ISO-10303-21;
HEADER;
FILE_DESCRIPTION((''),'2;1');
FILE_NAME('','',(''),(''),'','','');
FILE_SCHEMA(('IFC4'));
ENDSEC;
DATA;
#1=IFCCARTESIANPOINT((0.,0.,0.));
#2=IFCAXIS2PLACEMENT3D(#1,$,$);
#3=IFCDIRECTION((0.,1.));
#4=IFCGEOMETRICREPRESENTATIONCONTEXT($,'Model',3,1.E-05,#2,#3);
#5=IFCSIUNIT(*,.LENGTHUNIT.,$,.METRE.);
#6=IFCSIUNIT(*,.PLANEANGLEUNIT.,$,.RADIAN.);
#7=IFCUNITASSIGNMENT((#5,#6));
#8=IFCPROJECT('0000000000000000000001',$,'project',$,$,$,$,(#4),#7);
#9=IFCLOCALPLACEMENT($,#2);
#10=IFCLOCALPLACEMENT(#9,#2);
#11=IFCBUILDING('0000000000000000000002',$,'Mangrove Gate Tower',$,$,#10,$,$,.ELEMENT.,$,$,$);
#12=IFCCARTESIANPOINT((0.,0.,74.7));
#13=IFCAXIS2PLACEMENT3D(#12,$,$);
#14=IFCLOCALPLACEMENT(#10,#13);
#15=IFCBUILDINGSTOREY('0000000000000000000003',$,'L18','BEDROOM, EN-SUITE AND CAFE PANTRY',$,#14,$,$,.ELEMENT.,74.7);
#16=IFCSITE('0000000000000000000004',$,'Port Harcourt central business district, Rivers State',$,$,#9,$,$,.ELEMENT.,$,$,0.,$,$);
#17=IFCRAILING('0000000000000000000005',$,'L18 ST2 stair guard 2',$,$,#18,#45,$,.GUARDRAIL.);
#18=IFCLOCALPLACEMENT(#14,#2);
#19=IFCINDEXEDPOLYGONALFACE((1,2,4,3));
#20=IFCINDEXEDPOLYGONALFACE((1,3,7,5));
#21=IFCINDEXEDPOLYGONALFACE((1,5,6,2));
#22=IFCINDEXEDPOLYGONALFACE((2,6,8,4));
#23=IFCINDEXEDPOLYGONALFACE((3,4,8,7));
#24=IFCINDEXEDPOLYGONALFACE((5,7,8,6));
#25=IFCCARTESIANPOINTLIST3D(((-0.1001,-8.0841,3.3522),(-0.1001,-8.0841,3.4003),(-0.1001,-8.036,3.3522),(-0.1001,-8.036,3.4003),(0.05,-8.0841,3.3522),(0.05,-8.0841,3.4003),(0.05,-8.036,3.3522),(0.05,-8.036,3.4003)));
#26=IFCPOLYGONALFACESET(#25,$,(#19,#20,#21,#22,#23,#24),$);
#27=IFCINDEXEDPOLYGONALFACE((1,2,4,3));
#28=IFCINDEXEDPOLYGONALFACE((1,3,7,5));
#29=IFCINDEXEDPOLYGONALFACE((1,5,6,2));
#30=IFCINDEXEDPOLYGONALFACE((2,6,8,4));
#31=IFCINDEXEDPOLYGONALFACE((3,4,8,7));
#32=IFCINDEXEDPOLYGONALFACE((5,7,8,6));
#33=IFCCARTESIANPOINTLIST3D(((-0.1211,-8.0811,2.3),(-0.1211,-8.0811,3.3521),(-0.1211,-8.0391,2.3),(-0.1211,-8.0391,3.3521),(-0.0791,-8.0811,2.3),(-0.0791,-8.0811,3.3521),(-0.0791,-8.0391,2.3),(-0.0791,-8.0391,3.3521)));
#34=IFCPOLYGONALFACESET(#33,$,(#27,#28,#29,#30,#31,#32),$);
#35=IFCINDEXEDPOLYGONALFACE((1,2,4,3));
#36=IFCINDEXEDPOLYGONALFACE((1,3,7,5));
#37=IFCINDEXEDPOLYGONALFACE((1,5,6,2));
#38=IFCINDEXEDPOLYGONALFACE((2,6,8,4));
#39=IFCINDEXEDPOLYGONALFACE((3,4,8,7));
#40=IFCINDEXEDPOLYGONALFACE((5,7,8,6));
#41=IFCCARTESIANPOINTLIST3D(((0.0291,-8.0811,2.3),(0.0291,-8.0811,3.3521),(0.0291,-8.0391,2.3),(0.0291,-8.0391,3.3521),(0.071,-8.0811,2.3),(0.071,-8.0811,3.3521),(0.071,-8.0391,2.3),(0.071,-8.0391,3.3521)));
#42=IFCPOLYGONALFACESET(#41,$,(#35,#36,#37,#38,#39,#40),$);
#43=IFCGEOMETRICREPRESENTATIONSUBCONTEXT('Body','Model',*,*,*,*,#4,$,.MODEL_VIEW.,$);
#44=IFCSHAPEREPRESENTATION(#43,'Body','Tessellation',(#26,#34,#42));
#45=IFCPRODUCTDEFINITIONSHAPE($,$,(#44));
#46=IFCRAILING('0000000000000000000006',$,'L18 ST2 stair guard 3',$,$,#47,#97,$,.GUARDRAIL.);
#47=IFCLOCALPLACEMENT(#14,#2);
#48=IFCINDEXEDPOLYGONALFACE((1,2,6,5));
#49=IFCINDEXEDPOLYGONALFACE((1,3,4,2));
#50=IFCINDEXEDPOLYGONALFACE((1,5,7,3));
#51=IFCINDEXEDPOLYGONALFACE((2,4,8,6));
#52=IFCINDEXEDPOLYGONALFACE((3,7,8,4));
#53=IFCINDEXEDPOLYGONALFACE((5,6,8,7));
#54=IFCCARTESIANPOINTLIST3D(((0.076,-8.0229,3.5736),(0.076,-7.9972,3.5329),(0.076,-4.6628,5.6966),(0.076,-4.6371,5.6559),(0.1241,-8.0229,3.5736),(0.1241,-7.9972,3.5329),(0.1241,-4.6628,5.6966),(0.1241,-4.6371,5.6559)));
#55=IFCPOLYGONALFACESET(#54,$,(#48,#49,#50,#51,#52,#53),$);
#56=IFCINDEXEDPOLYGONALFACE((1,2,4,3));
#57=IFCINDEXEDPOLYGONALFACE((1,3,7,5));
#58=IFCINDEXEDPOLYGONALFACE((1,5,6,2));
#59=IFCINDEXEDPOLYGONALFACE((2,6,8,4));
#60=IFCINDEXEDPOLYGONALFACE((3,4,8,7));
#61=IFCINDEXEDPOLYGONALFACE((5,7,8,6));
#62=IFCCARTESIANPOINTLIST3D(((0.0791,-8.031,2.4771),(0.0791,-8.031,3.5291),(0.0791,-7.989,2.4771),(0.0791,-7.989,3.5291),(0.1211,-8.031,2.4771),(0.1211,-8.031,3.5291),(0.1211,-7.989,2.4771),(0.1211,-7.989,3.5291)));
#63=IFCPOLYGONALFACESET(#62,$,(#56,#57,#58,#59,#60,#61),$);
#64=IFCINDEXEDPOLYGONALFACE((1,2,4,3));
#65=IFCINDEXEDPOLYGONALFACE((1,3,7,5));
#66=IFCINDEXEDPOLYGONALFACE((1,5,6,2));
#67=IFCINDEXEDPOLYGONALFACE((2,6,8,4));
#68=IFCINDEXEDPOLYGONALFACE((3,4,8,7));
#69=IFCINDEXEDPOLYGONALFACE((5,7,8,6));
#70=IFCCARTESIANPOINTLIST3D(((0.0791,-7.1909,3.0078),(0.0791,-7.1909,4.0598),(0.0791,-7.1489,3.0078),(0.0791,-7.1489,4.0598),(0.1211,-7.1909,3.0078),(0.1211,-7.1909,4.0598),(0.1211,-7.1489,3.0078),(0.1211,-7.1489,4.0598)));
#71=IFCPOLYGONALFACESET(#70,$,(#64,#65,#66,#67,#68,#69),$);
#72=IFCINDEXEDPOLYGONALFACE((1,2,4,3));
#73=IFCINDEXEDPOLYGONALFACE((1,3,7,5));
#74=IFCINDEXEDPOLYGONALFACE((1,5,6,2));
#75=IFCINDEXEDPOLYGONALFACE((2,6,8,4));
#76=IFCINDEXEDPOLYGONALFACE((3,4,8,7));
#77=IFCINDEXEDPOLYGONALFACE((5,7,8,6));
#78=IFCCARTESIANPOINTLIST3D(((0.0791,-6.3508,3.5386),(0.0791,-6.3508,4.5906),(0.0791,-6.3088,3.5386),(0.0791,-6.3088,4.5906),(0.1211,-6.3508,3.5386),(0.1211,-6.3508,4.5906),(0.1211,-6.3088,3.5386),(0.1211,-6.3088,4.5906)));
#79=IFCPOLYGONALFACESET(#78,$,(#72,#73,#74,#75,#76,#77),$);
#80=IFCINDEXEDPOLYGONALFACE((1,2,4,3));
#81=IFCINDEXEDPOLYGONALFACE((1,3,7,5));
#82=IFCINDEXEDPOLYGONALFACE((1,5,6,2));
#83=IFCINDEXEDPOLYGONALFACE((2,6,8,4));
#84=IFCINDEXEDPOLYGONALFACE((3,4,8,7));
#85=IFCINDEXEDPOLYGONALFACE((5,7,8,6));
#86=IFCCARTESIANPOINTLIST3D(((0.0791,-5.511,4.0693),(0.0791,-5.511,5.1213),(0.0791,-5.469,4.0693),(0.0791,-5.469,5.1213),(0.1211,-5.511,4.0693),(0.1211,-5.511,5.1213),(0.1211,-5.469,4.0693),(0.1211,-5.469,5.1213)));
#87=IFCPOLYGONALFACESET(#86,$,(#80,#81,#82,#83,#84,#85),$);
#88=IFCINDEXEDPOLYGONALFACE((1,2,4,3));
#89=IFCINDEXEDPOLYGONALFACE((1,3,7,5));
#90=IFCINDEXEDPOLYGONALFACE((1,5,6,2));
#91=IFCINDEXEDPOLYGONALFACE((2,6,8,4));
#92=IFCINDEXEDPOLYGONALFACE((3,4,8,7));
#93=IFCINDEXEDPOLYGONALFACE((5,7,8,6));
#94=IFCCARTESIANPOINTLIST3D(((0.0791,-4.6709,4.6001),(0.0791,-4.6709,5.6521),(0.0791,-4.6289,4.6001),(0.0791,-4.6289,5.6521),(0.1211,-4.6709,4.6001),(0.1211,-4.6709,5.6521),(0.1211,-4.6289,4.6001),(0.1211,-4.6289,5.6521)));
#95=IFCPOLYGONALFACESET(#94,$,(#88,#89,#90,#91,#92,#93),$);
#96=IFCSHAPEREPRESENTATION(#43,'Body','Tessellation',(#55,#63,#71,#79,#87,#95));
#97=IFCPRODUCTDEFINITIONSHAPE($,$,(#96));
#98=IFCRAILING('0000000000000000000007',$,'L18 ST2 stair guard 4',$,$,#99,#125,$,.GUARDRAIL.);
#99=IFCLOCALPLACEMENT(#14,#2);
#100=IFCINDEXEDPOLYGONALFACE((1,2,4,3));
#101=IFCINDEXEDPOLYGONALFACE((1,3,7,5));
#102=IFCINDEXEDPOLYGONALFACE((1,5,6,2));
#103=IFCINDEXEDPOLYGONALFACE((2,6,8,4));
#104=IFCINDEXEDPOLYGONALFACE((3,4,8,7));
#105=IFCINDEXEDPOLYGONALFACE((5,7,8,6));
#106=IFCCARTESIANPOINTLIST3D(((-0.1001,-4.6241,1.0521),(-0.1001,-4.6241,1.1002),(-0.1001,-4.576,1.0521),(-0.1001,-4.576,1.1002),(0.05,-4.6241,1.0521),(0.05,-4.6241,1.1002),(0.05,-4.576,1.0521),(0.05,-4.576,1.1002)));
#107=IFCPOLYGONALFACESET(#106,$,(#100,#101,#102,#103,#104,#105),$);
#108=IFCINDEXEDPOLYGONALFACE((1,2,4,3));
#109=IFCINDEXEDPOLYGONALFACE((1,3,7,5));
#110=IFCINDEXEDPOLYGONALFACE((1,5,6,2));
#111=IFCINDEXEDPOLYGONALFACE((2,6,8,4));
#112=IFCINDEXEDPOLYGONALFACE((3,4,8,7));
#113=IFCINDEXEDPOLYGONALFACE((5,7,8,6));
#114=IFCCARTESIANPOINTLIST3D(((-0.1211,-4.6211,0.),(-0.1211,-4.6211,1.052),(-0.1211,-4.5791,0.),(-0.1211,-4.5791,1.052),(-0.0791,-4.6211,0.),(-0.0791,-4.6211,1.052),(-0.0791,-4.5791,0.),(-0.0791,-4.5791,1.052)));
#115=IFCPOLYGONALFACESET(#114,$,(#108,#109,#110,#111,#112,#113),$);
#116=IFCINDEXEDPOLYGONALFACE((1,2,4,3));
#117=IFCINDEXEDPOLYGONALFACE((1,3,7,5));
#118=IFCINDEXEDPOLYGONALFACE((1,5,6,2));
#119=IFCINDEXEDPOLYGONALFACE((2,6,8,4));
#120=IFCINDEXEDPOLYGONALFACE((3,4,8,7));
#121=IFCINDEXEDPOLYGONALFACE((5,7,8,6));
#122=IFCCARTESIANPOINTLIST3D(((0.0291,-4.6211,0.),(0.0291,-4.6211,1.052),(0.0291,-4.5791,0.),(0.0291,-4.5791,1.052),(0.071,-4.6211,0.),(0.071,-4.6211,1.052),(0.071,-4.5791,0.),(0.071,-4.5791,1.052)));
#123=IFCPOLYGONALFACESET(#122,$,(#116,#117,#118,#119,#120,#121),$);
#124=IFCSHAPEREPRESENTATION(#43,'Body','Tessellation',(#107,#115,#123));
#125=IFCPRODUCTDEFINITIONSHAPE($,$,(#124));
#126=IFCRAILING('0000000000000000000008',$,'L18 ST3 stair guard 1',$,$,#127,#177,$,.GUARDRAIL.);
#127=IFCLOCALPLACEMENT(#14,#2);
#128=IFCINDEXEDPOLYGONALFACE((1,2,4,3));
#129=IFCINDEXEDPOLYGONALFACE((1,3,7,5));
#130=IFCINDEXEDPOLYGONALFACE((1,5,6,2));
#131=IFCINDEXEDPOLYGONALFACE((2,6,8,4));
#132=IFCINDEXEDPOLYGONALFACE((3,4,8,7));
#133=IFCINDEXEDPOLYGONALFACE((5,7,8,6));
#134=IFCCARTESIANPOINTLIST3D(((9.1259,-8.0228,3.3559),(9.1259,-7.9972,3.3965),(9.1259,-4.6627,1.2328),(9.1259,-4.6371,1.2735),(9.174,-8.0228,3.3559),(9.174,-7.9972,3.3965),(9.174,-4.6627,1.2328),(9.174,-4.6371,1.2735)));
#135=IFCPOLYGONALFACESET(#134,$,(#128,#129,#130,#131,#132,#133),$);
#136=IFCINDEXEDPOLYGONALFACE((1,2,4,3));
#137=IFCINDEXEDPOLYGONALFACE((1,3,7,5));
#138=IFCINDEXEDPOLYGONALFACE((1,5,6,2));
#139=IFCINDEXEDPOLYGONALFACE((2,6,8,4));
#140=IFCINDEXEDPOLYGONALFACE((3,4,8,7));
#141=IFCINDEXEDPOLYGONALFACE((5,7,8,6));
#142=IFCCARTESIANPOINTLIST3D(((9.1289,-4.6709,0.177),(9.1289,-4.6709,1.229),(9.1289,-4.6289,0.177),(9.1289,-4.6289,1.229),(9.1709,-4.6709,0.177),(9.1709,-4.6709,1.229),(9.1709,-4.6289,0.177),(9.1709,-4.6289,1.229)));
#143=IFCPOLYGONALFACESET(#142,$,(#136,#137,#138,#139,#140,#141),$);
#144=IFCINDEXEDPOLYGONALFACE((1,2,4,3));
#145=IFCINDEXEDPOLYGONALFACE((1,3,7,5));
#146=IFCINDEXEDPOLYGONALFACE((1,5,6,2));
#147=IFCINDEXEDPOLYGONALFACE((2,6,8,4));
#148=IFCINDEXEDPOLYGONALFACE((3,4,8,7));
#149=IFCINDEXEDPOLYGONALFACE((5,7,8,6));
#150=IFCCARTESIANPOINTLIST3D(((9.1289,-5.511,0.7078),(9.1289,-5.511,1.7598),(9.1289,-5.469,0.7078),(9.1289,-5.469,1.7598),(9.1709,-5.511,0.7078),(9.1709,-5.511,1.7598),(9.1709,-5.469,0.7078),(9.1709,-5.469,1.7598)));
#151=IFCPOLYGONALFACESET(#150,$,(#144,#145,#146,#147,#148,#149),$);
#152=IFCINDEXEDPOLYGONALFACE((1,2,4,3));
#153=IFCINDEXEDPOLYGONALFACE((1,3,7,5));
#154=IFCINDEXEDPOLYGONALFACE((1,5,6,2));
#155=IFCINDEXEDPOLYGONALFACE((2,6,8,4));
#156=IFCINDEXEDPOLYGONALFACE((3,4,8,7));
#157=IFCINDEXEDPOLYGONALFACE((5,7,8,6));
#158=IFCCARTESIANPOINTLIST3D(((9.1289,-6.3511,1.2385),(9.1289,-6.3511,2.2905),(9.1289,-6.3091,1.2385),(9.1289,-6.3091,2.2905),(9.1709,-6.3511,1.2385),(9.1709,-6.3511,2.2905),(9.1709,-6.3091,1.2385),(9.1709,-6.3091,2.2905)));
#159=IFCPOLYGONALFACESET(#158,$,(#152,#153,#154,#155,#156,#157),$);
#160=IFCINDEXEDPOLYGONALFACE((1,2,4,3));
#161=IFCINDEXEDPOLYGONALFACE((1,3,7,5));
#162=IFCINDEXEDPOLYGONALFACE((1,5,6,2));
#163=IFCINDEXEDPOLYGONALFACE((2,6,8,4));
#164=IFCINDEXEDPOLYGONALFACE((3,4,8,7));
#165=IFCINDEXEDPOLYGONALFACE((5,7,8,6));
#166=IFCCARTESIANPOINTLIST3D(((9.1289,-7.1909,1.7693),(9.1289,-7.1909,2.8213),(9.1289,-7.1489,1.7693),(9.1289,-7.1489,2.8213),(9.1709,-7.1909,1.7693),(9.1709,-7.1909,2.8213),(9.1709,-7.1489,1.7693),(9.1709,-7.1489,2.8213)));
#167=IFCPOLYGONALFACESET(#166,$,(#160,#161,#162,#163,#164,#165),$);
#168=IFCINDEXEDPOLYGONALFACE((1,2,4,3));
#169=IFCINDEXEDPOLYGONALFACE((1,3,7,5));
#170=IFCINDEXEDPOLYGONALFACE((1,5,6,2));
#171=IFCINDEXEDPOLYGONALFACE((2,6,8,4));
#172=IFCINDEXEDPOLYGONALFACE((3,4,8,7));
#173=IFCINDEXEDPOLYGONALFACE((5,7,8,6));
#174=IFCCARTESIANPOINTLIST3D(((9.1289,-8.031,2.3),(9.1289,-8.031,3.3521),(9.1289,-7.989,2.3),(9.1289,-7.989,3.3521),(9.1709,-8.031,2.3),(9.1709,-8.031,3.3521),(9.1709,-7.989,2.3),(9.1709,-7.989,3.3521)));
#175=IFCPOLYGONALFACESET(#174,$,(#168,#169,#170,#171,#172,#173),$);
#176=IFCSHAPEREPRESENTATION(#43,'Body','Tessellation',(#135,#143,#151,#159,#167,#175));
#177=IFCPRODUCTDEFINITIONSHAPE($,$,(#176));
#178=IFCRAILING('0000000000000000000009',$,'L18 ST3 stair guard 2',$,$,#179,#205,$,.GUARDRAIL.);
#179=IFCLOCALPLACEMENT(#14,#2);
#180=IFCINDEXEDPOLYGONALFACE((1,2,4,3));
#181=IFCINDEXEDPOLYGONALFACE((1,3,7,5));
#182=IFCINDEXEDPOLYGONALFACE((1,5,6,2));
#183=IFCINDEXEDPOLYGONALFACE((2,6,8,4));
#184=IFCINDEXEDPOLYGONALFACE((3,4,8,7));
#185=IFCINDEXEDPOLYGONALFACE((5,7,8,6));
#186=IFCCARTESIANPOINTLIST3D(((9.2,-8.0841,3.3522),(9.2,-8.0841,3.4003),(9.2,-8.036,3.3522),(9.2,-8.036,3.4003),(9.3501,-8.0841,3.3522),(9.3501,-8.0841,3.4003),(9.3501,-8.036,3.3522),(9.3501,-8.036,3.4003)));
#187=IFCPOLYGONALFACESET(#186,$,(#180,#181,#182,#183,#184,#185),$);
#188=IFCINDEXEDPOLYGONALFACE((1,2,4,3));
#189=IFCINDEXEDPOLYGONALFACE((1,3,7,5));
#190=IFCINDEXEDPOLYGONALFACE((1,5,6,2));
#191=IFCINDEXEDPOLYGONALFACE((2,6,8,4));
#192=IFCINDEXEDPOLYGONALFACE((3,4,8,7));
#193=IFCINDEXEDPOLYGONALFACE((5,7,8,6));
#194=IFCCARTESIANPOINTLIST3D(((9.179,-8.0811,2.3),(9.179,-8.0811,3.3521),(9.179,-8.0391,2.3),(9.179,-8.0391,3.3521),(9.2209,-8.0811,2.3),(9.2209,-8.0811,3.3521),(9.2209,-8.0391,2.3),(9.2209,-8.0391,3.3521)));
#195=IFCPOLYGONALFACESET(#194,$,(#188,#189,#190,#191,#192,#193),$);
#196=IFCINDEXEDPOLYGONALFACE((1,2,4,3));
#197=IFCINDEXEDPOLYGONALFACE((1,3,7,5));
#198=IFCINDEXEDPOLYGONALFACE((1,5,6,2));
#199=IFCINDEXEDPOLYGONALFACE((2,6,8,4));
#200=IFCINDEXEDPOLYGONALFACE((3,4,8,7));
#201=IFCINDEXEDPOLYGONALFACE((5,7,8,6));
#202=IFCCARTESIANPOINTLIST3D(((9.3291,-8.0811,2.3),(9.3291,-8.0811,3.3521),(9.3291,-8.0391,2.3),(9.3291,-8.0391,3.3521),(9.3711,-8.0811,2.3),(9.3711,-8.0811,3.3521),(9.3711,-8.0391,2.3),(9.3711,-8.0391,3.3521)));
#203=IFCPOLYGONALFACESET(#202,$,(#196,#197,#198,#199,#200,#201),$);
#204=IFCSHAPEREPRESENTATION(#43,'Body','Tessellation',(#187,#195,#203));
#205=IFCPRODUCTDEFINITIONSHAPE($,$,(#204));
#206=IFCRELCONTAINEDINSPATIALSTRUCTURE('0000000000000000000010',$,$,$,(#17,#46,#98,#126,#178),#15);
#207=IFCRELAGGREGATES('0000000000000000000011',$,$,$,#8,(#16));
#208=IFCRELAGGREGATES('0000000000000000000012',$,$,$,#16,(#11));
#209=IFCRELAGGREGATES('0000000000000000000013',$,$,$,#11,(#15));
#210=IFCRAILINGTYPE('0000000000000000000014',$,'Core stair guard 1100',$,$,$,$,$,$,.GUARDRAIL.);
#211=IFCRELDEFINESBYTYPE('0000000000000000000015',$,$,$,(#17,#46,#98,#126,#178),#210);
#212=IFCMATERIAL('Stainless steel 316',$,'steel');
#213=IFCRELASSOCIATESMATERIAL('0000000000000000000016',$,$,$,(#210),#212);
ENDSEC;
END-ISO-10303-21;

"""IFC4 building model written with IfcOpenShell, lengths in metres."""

from ifc_helpers import new_model, si_unit, direction, frame, origin, origin_2d, place, context, subcontext, project, spatial, rectangle, extrude, material, type_object, element, save


model = new_model("IFC4")

# Units and contexts
model_context = context("Model", 3, precision=1e-05, world=origin(), true_north=direction((0.0, 1.0)))
body_context = subcontext(model_context, "Body", "Model", "MODEL_VIEW")
ifc_project = project(units=[si_unit("LENGTHUNIT", "METRE"), si_unit("PLANEANGLEUNIT", "RADIAN")], contexts=[model_context])

# Site, building, storey
site_placement = place(None, origin())
site = spatial("IfcSite", under=ifc_project, at=site_placement, Name="Port Harcourt central business district, Rivers State", CompositionType="ELEMENT", RefElevation=0.0)
building_placement = place(site_placement, origin())
building = spatial("IfcBuilding", under=site, at=building_placement, Name="Mangrove Gate Tower", CompositionType="ELEMENT")
storey_placement = place(building_placement, frame((0.0, 0.0, 74.7)))
storey = spatial("IfcBuildingStorey", under=building, at=storey_placement, Name="L18", Description="BEDROOM, EN-SUITE AND CAFE PANTRY", CompositionType="ELEMENT", Elevation=74.7)

# Railings
ifc_material_1 = material(Name="Stainless steel 316", Category="steel")
railing_type_1 = type_object("IfcRailingType", Name="Core stair guard 1100", PredefinedType="GUARDRAIL", material=ifc_material_1)
railing_1_placement = place(storey_placement, frame((-0.1001, -8.0601, 2.3)))
element("IfcRailing", 1, at=railing_1_placement, inside=storey, type_object=railing_type_1, Name="L18 ST2 stair guard 2", PredefinedType="GUARDRAIL", context=body_context, shape_type="SweptSolid", body=[
    extrude(rectangle(XDim=0.0481, YDim=0.0481, at=origin_2d()), frame((0.0, 0.0, 1.0762), z_axis=(1.0, 0.0, 0.0), x_axis=(0.0, 1.0, 0.0)), (0.0, 0.0, 1.0), 0.1501),
    extrude(rectangle(XDim=0.042, YDim=0.042, at=origin_2d()), origin(), (0.0, 0.0, 1.0), 1.052),
    extrude(rectangle(XDim=0.042, YDim=0.042, at=origin_2d()), frame((0.1501, 0.0, 0.0)), (0.0, 0.0, 1.0), 1.052),
])
railing_2_placement = place(storey_placement, frame((0.1001, -8.01, 2.4771)))
element("IfcRailing", 2, at=railing_2_placement, inside=storey, type_object=railing_type_1, Name="L18 ST2 stair guard 3", PredefinedType="GUARDRAIL", context=body_context, shape_type="SweptSolid", body=[
    extrude(rectangle(XDim=0.0481, YDim=0.0481, at=origin_2d()), frame((0.0, 0.0, 1.0762), z_axis=(0.0, 0.84539, 0.53415), x_axis=(-1.0, 0.0, 0.0)), (0.0, 0.0, 1.0), 3.9746),
    extrude(rectangle(XDim=0.042, YDim=0.042, at=origin_2d()), origin(), (0.0, 0.0, 1.0), 1.052),
    extrude(rectangle(XDim=0.042, YDim=0.042, at=origin_2d()), frame((0.0, 0.8401, 0.5308)), (0.0, 0.0, 1.0), 1.052),
    extrude(rectangle(XDim=0.042, YDim=0.042, at=origin_2d()), frame((0.0, 1.6802, 1.0615)), (0.0, 0.0, 1.0), 1.052),
    extrude(rectangle(XDim=0.042, YDim=0.042, at=origin_2d()), frame((0.0, 2.52, 1.5923)), (0.0, 0.0, 1.0), 1.052),
    extrude(rectangle(XDim=0.042, YDim=0.042, at=origin_2d()), frame((0.0, 3.3601, 2.123)), (0.0, 0.0, 1.0), 1.052),
])
railing_3_placement = place(storey_placement, frame((-0.1001, -4.6001, 0.0)))
element("IfcRailing", 3, at=railing_3_placement, inside=storey, type_object=railing_type_1, Name="L18 ST2 stair guard 4", PredefinedType="GUARDRAIL", context=body_context, shape_type="SweptSolid", body=[
    extrude(rectangle(XDim=0.0481, YDim=0.0481, at=origin_2d()), frame((0.0, 0.0, 1.0762), z_axis=(1.0, 0.0, 0.0), x_axis=(0.0, 1.0, 0.0)), (0.0, 0.0, 1.0), 0.1501),
    extrude(rectangle(XDim=0.042, YDim=0.042, at=origin_2d()), origin(), (0.0, 0.0, 1.0), 1.052),
    extrude(rectangle(XDim=0.042, YDim=0.042, at=origin_2d()), frame((0.1501, 0.0, 0.0)), (0.0, 0.0, 1.0), 1.052),
])
railing_4_placement = place(storey_placement, frame((9.1499, -4.6499, 0.177)))
element("IfcRailing", 4, at=railing_4_placement, inside=storey, type_object=railing_type_1, Name="L18 ST3 stair guard 1", PredefinedType="GUARDRAIL", context=body_context, shape_type="SweptSolid", body=[
    extrude(rectangle(XDim=0.0481, YDim=0.0481, at=origin_2d()), frame((0.0, 0.0, 1.0762), z_axis=(0.0, -0.84539, 0.53415), x_axis=(1.0, 0.0, 0.0)), (0.0, 0.0, 1.0), 3.9746),
    extrude(rectangle(XDim=0.042, YDim=0.042, at=origin_2d()), origin(), (0.0, 0.0, 1.0), 1.052),
    extrude(rectangle(XDim=0.042, YDim=0.042, at=origin_2d()), frame((0.0, -0.8401, 0.5308)), (0.0, 0.0, 1.0), 1.052),
    extrude(rectangle(XDim=0.042, YDim=0.042, at=origin_2d()), frame((0.0, -1.6802, 1.0615)), (0.0, 0.0, 1.0), 1.052),
    extrude(rectangle(XDim=0.042, YDim=0.042, at=origin_2d()), frame((0.0, -2.52, 1.5923)), (0.0, 0.0, 1.0), 1.052),
    extrude(rectangle(XDim=0.042, YDim=0.042, at=origin_2d()), frame((0.0, -3.3601, 2.123)), (0.0, 0.0, 1.0), 1.052),
])
railing_5_placement = place(storey_placement, frame((9.2, -8.0601, 2.3)))
element("IfcRailing", 5, at=railing_5_placement, inside=storey, type_object=railing_type_1, Name="L18 ST3 stair guard 2", PredefinedType="GUARDRAIL", context=body_context, shape_type="SweptSolid", body=[
    extrude(rectangle(XDim=0.0481, YDim=0.0481, at=origin_2d()), frame((0.0, 0.0, 1.0762), z_axis=(1.0, 0.0, 0.0), x_axis=(0.0, 1.0, 0.0)), (0.0, 0.0, 1.0), 0.1501),
    extrude(rectangle(XDim=0.042, YDim=0.042, at=origin_2d()), origin(), (0.0, 0.0, 1.0), 1.052),
    extrude(rectangle(XDim=0.042, YDim=0.042, at=origin_2d()), frame((0.1501, 0.0, 0.0)), (0.0, 0.0, 1.0), 1.052),
])

save(model, "model.ifc")
